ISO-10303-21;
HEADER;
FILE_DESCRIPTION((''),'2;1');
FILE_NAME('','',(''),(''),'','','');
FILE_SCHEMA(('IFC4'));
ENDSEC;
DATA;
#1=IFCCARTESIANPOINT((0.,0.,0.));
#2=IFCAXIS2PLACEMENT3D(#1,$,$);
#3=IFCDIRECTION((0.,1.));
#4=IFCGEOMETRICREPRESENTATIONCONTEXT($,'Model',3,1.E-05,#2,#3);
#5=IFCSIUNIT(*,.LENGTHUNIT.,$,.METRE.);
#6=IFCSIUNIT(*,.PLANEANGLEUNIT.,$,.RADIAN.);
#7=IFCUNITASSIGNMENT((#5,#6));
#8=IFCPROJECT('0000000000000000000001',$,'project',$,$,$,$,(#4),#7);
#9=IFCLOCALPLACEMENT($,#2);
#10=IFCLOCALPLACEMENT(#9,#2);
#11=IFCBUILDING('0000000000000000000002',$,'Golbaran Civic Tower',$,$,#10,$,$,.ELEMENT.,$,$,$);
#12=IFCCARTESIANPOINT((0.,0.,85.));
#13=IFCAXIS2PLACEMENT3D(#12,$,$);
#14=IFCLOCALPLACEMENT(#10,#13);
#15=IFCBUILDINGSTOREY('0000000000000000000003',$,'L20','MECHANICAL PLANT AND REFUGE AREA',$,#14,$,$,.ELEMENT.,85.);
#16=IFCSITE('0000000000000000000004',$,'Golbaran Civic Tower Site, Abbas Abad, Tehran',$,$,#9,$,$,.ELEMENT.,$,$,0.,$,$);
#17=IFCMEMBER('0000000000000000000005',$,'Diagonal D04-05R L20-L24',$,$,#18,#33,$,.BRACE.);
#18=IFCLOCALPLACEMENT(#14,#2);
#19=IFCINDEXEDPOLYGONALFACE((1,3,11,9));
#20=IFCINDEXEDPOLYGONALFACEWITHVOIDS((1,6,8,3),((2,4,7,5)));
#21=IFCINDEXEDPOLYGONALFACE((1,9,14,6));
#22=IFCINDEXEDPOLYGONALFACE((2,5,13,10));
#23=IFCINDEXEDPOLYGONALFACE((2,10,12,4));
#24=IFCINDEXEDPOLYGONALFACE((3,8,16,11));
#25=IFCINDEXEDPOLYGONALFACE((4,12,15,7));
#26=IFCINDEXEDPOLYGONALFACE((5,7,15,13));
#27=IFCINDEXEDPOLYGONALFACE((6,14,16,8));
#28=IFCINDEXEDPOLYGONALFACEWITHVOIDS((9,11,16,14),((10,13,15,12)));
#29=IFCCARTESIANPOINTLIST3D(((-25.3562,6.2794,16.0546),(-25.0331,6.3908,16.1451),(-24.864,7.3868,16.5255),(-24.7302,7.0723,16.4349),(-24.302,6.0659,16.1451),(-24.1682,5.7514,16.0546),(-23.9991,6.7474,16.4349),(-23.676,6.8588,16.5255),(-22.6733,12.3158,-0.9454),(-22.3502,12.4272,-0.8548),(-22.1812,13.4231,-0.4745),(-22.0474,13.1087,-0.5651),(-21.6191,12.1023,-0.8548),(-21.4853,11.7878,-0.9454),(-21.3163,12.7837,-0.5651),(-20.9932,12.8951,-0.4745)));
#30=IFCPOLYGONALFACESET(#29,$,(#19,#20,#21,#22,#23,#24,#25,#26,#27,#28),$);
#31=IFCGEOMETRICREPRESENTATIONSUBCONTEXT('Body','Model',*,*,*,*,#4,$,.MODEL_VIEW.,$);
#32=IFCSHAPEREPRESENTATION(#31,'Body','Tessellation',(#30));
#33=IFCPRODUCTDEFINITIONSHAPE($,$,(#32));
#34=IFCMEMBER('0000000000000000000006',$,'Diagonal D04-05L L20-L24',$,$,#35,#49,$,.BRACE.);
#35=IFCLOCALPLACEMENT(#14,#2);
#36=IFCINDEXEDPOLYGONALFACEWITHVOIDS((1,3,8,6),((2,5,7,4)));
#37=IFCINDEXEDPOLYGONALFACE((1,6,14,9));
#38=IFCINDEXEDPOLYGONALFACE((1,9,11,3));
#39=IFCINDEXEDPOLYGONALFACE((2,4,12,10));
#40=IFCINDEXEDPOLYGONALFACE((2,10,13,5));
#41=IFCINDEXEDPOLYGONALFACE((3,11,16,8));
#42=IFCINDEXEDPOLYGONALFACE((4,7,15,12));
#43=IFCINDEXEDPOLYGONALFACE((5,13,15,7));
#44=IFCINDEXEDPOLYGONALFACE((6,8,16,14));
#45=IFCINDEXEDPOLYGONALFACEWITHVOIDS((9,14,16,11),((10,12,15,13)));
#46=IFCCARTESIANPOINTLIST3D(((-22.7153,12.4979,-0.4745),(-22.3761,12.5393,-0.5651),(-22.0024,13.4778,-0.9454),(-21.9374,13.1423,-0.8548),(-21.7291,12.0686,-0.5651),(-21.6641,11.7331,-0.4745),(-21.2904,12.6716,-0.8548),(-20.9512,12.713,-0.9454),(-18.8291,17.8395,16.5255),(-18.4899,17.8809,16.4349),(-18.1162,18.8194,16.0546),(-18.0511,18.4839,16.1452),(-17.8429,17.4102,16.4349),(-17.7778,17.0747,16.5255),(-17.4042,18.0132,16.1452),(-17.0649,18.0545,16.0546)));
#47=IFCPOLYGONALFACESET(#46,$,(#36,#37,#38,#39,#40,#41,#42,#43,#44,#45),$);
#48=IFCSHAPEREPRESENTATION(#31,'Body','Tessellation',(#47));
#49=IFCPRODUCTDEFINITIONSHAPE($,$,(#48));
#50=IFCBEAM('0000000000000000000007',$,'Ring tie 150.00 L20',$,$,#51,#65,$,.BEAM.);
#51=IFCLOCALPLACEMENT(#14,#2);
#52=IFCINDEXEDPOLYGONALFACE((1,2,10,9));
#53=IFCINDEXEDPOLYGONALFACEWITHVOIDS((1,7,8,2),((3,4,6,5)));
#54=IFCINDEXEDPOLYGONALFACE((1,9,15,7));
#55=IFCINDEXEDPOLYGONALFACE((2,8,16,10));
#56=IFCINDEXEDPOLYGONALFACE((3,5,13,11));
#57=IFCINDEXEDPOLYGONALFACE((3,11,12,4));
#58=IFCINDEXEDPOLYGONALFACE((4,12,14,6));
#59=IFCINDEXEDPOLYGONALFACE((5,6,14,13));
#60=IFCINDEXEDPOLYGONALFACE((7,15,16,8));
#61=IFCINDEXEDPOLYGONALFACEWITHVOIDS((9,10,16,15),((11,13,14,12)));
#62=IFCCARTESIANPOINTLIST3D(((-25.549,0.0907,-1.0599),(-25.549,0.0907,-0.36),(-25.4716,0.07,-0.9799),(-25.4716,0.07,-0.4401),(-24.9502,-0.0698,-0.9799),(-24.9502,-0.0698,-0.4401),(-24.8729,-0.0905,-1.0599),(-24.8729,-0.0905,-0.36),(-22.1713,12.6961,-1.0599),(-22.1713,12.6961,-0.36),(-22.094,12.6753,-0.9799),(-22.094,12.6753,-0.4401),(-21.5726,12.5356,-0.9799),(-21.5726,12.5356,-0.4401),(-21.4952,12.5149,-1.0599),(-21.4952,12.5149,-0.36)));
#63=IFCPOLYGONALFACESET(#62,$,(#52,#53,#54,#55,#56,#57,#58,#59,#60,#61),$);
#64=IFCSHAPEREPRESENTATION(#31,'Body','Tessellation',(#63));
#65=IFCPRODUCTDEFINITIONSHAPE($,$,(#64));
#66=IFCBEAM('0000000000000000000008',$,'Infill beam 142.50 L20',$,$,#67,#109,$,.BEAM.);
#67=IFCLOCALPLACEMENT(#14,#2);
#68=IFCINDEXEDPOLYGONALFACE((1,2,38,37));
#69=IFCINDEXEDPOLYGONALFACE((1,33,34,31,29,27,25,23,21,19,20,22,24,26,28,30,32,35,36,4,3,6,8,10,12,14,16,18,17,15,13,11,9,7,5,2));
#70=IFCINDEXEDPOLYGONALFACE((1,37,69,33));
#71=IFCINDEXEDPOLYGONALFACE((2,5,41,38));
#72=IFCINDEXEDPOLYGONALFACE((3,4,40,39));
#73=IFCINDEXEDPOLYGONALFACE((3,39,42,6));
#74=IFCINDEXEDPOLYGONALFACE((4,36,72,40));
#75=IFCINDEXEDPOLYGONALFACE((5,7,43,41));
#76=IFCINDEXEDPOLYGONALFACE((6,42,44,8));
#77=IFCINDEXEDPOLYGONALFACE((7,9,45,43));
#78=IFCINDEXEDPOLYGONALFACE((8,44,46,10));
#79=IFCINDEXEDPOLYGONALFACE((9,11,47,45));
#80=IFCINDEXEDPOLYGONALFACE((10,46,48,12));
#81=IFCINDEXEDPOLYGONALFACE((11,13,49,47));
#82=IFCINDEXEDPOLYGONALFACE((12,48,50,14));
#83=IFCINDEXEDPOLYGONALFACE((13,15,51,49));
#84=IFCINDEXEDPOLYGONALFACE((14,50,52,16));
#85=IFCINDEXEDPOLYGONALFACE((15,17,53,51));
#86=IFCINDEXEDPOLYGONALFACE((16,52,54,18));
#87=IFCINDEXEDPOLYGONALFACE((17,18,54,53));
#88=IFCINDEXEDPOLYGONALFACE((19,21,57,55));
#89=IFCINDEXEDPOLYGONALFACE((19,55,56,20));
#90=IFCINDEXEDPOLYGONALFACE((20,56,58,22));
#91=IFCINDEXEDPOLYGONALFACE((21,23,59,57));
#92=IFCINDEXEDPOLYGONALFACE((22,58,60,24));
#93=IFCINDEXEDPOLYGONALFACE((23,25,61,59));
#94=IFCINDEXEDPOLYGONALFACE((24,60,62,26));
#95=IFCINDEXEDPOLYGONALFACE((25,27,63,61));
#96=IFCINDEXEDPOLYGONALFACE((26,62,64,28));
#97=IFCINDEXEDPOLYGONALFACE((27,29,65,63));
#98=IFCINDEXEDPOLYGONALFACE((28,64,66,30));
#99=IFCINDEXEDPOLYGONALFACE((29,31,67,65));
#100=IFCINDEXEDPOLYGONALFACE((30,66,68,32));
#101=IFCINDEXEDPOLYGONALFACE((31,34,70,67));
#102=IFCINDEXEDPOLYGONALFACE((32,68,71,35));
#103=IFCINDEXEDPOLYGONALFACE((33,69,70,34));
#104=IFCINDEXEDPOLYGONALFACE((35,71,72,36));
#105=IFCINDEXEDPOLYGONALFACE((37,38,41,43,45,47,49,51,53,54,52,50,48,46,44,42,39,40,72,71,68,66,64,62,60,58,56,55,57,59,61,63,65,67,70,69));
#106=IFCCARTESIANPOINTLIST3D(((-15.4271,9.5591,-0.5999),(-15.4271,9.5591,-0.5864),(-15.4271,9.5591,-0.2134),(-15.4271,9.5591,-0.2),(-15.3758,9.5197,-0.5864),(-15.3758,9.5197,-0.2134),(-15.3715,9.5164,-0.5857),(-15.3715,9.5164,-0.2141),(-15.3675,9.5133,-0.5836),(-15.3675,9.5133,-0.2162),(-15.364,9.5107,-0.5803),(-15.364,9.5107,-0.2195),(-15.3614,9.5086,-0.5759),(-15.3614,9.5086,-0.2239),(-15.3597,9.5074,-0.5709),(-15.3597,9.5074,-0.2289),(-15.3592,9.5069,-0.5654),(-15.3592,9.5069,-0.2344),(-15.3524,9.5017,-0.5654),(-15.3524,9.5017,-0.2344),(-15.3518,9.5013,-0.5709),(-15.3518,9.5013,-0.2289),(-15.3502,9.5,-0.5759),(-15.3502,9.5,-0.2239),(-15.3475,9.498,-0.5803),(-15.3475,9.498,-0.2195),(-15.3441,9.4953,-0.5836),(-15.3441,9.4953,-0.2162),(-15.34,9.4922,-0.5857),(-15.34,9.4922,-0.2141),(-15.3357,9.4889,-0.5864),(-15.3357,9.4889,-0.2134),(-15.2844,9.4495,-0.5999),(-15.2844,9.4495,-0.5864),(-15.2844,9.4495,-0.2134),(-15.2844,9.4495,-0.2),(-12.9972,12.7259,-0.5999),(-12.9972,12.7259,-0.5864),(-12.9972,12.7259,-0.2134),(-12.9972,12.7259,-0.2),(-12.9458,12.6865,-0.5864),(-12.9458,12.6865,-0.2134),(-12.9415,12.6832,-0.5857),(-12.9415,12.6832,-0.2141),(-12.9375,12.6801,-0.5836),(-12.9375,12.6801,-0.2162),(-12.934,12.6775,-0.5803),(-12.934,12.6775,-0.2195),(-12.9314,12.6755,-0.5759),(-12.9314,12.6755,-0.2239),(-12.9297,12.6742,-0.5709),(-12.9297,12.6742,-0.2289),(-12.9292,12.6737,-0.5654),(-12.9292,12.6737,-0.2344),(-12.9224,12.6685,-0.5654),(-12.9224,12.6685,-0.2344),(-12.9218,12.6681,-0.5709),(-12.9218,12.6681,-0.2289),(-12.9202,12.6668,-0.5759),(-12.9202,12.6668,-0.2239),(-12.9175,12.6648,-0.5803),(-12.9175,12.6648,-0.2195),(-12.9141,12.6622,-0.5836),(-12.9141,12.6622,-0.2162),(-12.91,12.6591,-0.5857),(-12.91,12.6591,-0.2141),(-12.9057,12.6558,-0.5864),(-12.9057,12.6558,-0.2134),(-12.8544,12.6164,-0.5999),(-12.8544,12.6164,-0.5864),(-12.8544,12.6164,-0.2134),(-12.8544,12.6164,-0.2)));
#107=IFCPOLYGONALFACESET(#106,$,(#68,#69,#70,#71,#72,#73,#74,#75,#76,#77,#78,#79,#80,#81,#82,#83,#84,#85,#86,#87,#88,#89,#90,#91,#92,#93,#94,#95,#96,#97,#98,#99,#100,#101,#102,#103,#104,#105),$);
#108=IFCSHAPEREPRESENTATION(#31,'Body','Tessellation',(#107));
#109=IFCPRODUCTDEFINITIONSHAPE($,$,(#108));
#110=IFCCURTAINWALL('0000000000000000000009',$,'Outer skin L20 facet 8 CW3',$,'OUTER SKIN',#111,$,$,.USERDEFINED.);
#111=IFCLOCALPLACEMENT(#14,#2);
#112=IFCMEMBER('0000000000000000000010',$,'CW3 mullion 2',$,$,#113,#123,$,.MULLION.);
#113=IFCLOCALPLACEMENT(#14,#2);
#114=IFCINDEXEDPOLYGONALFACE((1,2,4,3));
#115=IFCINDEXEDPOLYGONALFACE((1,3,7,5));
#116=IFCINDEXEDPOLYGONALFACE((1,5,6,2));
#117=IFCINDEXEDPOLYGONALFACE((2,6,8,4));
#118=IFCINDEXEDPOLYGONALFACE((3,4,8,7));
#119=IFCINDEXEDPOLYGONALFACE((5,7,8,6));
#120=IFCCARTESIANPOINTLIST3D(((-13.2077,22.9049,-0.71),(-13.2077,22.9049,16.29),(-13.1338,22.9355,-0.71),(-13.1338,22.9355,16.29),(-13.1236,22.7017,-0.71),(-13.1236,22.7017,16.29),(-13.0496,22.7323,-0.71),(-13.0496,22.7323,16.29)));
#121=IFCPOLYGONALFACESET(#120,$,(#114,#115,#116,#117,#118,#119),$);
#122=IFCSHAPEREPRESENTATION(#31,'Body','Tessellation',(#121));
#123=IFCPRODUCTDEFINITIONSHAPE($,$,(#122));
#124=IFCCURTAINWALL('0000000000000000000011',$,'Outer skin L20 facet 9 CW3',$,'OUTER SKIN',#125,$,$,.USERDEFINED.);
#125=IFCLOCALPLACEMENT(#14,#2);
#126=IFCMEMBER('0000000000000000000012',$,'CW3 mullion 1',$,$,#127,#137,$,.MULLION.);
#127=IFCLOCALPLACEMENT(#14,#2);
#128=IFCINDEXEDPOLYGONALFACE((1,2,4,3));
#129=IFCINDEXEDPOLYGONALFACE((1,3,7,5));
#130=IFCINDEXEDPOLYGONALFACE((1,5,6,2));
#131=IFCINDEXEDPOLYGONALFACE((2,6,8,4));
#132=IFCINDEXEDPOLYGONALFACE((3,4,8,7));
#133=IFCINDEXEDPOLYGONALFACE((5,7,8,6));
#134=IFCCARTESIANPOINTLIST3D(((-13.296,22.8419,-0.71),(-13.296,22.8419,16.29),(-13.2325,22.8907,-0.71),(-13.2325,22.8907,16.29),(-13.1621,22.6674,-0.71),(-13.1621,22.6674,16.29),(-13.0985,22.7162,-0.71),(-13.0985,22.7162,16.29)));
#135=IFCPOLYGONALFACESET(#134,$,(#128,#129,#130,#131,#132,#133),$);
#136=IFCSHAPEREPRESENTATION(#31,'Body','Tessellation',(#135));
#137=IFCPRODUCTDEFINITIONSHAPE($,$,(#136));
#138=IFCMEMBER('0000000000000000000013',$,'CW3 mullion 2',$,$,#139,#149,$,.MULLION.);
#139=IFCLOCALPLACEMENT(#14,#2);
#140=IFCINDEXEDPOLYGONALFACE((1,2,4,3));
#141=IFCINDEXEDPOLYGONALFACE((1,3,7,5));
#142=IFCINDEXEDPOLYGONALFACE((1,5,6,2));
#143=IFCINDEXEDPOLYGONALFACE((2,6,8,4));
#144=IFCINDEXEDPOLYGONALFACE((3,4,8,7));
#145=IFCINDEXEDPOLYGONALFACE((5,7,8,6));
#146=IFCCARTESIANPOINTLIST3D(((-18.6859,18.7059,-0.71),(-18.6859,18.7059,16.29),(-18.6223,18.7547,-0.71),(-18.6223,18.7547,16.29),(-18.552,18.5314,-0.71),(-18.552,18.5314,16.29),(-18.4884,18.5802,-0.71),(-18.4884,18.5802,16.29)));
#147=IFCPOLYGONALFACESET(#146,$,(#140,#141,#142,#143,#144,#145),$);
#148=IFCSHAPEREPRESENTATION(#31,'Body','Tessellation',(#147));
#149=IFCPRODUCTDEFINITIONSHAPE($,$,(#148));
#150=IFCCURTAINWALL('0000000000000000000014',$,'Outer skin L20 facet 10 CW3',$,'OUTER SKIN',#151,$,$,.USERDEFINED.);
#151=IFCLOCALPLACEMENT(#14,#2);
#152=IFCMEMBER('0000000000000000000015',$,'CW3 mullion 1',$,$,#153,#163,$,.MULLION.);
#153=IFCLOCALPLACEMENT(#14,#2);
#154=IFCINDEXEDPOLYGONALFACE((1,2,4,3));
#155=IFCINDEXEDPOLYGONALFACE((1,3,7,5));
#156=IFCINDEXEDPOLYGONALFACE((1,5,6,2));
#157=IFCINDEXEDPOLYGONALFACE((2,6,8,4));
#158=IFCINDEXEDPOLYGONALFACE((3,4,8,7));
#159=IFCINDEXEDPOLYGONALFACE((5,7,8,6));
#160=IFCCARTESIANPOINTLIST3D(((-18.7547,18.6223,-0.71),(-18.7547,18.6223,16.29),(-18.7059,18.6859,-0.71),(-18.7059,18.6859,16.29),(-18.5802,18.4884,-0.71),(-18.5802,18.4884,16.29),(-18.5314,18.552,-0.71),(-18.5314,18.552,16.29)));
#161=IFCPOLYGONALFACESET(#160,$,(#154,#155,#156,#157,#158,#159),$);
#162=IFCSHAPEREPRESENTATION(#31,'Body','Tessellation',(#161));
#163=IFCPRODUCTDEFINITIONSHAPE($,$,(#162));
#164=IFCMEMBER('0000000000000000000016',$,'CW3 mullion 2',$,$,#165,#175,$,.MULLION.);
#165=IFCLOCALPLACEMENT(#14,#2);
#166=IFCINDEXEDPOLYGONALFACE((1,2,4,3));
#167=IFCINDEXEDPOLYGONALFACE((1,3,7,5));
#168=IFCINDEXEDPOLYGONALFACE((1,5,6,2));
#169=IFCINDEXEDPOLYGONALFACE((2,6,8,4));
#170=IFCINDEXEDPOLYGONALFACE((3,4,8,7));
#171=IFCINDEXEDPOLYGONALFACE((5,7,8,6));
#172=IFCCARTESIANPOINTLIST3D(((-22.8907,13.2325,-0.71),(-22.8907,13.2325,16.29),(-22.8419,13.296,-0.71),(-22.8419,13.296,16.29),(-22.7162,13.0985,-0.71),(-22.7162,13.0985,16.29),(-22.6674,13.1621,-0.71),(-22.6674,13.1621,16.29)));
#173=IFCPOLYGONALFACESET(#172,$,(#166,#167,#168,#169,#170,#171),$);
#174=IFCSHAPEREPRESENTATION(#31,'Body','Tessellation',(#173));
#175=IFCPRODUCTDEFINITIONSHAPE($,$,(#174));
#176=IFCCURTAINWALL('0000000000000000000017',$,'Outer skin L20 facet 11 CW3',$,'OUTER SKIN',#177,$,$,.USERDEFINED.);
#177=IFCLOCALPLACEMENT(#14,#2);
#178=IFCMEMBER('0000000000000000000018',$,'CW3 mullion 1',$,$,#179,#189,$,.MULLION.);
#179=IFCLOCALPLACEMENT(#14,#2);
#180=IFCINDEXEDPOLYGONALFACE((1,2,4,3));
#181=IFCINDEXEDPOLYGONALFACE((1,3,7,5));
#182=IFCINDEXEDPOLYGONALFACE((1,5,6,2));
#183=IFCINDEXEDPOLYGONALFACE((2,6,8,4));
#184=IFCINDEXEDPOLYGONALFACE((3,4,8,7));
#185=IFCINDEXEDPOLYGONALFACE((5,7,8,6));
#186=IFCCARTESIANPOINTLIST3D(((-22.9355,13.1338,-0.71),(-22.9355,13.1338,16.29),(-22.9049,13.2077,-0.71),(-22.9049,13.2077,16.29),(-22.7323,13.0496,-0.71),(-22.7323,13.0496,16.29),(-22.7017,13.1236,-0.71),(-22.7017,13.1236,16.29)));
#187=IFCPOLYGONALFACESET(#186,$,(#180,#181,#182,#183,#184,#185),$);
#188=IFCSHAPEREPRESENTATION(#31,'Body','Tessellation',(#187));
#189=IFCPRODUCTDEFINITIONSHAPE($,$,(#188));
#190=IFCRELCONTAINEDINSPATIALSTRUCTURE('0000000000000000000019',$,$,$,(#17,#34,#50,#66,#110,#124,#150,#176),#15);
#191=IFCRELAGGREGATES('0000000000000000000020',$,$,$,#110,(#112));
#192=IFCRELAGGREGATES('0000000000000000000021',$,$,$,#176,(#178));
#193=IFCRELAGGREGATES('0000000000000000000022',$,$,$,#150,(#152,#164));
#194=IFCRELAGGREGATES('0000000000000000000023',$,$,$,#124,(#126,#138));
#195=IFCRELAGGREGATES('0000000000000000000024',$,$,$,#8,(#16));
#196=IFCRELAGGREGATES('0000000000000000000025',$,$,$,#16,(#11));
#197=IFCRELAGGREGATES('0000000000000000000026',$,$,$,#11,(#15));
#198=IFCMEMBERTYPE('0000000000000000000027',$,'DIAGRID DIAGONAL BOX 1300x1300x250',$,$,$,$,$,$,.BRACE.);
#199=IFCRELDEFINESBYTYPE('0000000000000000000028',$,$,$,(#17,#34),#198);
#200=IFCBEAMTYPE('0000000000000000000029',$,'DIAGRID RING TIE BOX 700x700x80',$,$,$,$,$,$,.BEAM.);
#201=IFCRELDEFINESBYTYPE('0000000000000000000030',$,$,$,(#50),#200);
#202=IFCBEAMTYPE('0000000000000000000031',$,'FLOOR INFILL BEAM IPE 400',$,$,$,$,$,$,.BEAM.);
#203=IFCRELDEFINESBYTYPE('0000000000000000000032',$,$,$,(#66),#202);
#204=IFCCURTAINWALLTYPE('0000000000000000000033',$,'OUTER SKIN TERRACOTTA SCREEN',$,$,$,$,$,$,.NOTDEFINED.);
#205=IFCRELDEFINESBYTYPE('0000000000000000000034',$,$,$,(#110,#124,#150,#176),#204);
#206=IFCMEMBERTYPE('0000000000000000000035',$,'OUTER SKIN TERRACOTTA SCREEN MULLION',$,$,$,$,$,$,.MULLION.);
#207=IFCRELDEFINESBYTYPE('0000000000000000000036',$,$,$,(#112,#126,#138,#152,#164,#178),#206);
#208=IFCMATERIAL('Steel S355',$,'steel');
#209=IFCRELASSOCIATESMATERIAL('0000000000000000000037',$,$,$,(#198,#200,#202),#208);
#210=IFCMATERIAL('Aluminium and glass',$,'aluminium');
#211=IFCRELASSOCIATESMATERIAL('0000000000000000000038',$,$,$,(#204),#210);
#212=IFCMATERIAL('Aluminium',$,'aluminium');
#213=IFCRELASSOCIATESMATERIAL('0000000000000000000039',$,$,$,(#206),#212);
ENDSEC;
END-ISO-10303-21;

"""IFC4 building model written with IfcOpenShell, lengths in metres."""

from ifc_helpers import new_model, si_unit, direction, frame, origin, origin_2d, place, context, subcontext, project, spatial, rectangle, hollow_rectangle, i_section, extrude, material, material_profile, profile_set, type_object, element, aggregate, save


model = new_model("IFC4")

# Units and contexts
model_context = context("Model", 3, precision=1e-05, world=origin(), true_north=direction((0.0, 1.0)))
body_context = subcontext(model_context, "Body", "Model", "MODEL_VIEW")
ifc_project = project(units=[si_unit("LENGTHUNIT", "METRE"), si_unit("PLANEANGLEUNIT", "RADIAN")], contexts=[model_context])

# Site, building, storey
site_placement = place(None, origin())
site = spatial("IfcSite", under=ifc_project, at=site_placement, Name="Golbaran Civic Tower Site, Abbas Abad, Tehran", CompositionType="ELEMENT", RefElevation=0.0)
building_placement = place(site_placement, origin())
building = spatial("IfcBuilding", under=site, at=building_placement, Name="Golbaran Civic Tower", CompositionType="ELEMENT")
storey_placement = place(building_placement, frame((0.0, 0.0, 85.0)))
storey = spatial("IfcBuildingStorey", under=building, at=storey_placement, Name="L20", Description="MECHANICAL PLANT AND REFUGE AREA", CompositionType="ELEMENT", Elevation=85.0)

# Members
ifc_material_1 = material(Name="Steel S355", Category="steel")
ifc_material_profile_1 = material_profile(ifc_material_1, hollow_rectangle(XDim=1.3, YDim=1.3, WallThickness=0.25, at=origin_2d()), Name="BOX 1300x1300x250")
ifc_profile_set_1 = profile_set([ifc_material_profile_1], Name="Steel S355")
member_type_1 = type_object("IfcMemberType", Name="DIAGRID DIAGONAL BOX 1300x1300x250", PredefinedType="BRACE", material=ifc_profile_set_1)
for number, where, z_axis, x_axis, name in (
    (1, (-21.8333, 12.6055, -0.71), (-0.1471, -0.330973, 0.932104), (0.91381, -0.406142, 0.0), "Diagonal D04-05R L20-L24"),
    (2, (-21.8333, 12.6055, -0.71), (0.213081, 0.292876, 0.932105), (-0.808631, 0.588317, 0.0), "Diagonal D04-05L L20-L24"),
):
    element("IfcMember", number, at=place(storey_placement, frame(where, z_axis=z_axis, x_axis=x_axis)), inside=storey, type_object=member_type_1, Name=name, PredefinedType="BRACE", context=body_context, shape_type="SweptSolid", body=[
        extrude(hollow_rectangle(XDim=1.3, YDim=1.3, WallThickness=0.25, at=origin_2d()), origin(), (0.0, 0.0, 1.0), 18.2383),
    ])

# Beams
ifc_material_profile_2 = material_profile(ifc_material_1, hollow_rectangle(XDim=0.7, YDim=0.7, WallThickness=0.0801, at=origin_2d()), Name="BOX 700x700x80")
ifc_profile_set_2 = profile_set([ifc_material_profile_2], Name="Steel S355")
beam_type_1 = type_object("IfcBeamType", Name="DIAGRID RING TIE BOX 700x700x80", PredefinedType="BEAM", material=ifc_profile_set_2)
beam_1_placement = place(storey_placement, frame((-21.8333, 12.6055, -0.71), z_axis=(-0.258823, -0.965925, 0.0), x_axis=(0.965925, -0.258823, 0.0)))
element("IfcBeam", 3, at=beam_1_placement, inside=storey, type_object=beam_type_1, Name="Ring tie 150.00 L20", PredefinedType="BEAM", context=body_context, shape_type="SweptSolid", body=[
    extrude(hollow_rectangle(XDim=0.7, YDim=0.7, WallThickness=0.0801, at=origin_2d()), origin(), (0.0, 0.0, 1.0), 13.05),
])
ifc_material_profile_3 = material_profile(ifc_material_1, i_section(OverallWidth=0.1799, OverallDepth=0.3999, WebThickness=0.0085, FlangeThickness=0.0134, FilletRadius=0.021, at=origin_2d()), Name="IPE 400")
ifc_profile_set_3 = profile_set([ifc_material_profile_3], Name="Steel S355")
beam_type_2 = type_object("IfcBeamType", Name="FLOOR INFILL BEAM IPE 400", PredefinedType="BEAM", material=ifc_profile_set_3)
beam_2_placement = place(storey_placement, frame((-12.9258, 12.6711, -0.3999), z_axis=(-0.608761, -0.793353, 0.0), x_axis=(0.793353, -0.608761, 0.0)))
element("IfcBeam", 4, at=beam_2_placement, inside=storey, type_object=beam_type_2, Name="Infill beam 142.50 L20", PredefinedType="BEAM", context=body_context, shape_type="SweptSolid", body=[
    extrude(i_section(OverallWidth=0.1799, OverallDepth=0.3999, WebThickness=0.0085, FlangeThickness=0.0134, FilletRadius=0.021, at=origin_2d()), origin(), (0.0, 0.0, 1.0), 3.9917),
])

# Curtain wall, member
ifc_material_2 = material(Name="Aluminium and glass", Category="aluminium")
curtain_wall_type_1 = type_object("IfcCurtainWallType", Name="OUTER SKIN TERRACOTTA SCREEN", PredefinedType="NOTDEFINED", material=ifc_material_2)
curtain_wall_1_placement = place(storey_placement, origin())
curtain_wall_1 = element("IfcCurtainWall", 5, at=curtain_wall_1_placement, inside=storey, type_object=curtain_wall_type_1, Name="Outer skin L20 facet 8 CW3", ObjectType="OUTER SKIN", PredefinedType="USERDEFINED")
ifc_material_3 = material(Name="Aluminium", Category="aluminium")
ifc_material_profile_4 = material_profile(ifc_material_3, rectangle(XDim=0.22, YDim=0.0801, at=origin_2d()), Name="OUTER SKIN TERRACOTTA SCREEN MULLION")
ifc_profile_set_4 = profile_set([ifc_material_profile_4], Name="Aluminium")
member_type_2 = type_object("IfcMemberType", Name="OUTER SKIN TERRACOTTA SCREEN MULLION", PredefinedType="MULLION", material=ifc_profile_set_4)
member_1_placement = place(storey_placement, frame((-13.1287, 22.8186, -0.71), z_axis=(0.0, 0.0, 1.0), x_axis=(0.382683, -0.92388, 0.0)))
member_1 = element("IfcMember", 6, at=member_1_placement, type_object=member_type_2, Name="CW3 mullion 2", PredefinedType="MULLION", context=body_context, shape_type="SweptSolid", body=[
    extrude(rectangle(XDim=0.22, YDim=0.0801, at=origin_2d()), origin(), (0.0, 0.0, 1.0), 17.0),
])
aggregate(curtain_wall_1, [member_1])

# Curtain walls, members
curtain_wall_2_placement = place(storey_placement, origin())
curtain_wall_2 = element("IfcCurtainWall", 7, at=curtain_wall_2_placement, inside=storey, type_object=curtain_wall_type_1, Name="Outer skin L20 facet 9 CW3", ObjectType="OUTER SKIN", PredefinedType="USERDEFINED")
member_2_placement = place(storey_placement, frame((-13.1973, 22.7791, -0.71), z_axis=(0.0, 0.0, 1.0), x_axis=(0.608761, -0.793353, 0.0)))
member_2 = element("IfcMember", 8, at=member_2_placement, type_object=member_type_2, Name="CW3 mullion 1", PredefinedType="MULLION", context=body_context, shape_type="SweptSolid", body=[
    extrude(rectangle(XDim=0.22, YDim=0.0801, at=origin_2d()), origin(), (0.0, 0.0, 1.0), 17.0),
])
member_3_placement = place(storey_placement, frame((-18.5872, 18.6431, -0.71), z_axis=(0.0, 0.0, 1.0), x_axis=(0.608761, -0.793353, 0.0)))
member_3 = element("IfcMember", 9, at=member_3_placement, type_object=member_type_2, Name="CW3 mullion 2", PredefinedType="MULLION", context=body_context, shape_type="SweptSolid", body=[
    extrude(rectangle(XDim=0.22, YDim=0.0801, at=origin_2d()), origin(), (0.0, 0.0, 1.0), 17.0),
])
curtain_wall_3_placement = place(storey_placement, origin())
curtain_wall_3 = element("IfcCurtainWall", 10, at=curtain_wall_3_placement, inside=storey, type_object=curtain_wall_type_1, Name="Outer skin L20 facet 10 CW3", ObjectType="OUTER SKIN", PredefinedType="USERDEFINED")
member_4_placement = place(storey_placement, frame((-18.6431, 18.5872, -0.71), z_axis=(0.0, 0.0, 1.0), x_axis=(0.793353, -0.608761, 0.0)))
member_4 = element("IfcMember", 11, at=member_4_placement, type_object=member_type_2, Name="CW3 mullion 1", PredefinedType="MULLION", context=body_context, shape_type="SweptSolid", body=[
    extrude(rectangle(XDim=0.22, YDim=0.0801, at=origin_2d()), origin(), (0.0, 0.0, 1.0), 17.0),
])
member_5_placement = place(storey_placement, frame((-22.7791, 13.1973, -0.71), z_axis=(0.0, 0.0, 1.0), x_axis=(0.793353, -0.608761, 0.0)))
member_5 = element("IfcMember", 12, at=member_5_placement, type_object=member_type_2, Name="CW3 mullion 2", PredefinedType="MULLION", context=body_context, shape_type="SweptSolid", body=[
    extrude(rectangle(XDim=0.22, YDim=0.0801, at=origin_2d()), origin(), (0.0, 0.0, 1.0), 17.0),
])

# Curtain wall, member
curtain_wall_4_placement = place(storey_placement, origin())
curtain_wall_4 = element("IfcCurtainWall", 13, at=curtain_wall_4_placement, inside=storey, type_object=curtain_wall_type_1, Name="Outer skin L20 facet 11 CW3", ObjectType="OUTER SKIN", PredefinedType="USERDEFINED")
member_6_placement = place(storey_placement, frame((-22.8186, 13.1287, -0.71), z_axis=(0.0, 0.0, 1.0), x_axis=(0.92388, -0.382683, 0.0)))
member_6 = element("IfcMember", 14, at=member_6_placement, type_object=member_type_2, Name="CW3 mullion 1", PredefinedType="MULLION", context=body_context, shape_type="SweptSolid", body=[
    extrude(rectangle(XDim=0.22, YDim=0.0801, at=origin_2d()), origin(), (0.0, 0.0, 1.0), 17.0),
])

aggregate(curtain_wall_4, [member_6])

aggregate(curtain_wall_3, [member_4, member_5])
aggregate(curtain_wall_2, [member_2, member_3])

save(model, "model.ifc")
